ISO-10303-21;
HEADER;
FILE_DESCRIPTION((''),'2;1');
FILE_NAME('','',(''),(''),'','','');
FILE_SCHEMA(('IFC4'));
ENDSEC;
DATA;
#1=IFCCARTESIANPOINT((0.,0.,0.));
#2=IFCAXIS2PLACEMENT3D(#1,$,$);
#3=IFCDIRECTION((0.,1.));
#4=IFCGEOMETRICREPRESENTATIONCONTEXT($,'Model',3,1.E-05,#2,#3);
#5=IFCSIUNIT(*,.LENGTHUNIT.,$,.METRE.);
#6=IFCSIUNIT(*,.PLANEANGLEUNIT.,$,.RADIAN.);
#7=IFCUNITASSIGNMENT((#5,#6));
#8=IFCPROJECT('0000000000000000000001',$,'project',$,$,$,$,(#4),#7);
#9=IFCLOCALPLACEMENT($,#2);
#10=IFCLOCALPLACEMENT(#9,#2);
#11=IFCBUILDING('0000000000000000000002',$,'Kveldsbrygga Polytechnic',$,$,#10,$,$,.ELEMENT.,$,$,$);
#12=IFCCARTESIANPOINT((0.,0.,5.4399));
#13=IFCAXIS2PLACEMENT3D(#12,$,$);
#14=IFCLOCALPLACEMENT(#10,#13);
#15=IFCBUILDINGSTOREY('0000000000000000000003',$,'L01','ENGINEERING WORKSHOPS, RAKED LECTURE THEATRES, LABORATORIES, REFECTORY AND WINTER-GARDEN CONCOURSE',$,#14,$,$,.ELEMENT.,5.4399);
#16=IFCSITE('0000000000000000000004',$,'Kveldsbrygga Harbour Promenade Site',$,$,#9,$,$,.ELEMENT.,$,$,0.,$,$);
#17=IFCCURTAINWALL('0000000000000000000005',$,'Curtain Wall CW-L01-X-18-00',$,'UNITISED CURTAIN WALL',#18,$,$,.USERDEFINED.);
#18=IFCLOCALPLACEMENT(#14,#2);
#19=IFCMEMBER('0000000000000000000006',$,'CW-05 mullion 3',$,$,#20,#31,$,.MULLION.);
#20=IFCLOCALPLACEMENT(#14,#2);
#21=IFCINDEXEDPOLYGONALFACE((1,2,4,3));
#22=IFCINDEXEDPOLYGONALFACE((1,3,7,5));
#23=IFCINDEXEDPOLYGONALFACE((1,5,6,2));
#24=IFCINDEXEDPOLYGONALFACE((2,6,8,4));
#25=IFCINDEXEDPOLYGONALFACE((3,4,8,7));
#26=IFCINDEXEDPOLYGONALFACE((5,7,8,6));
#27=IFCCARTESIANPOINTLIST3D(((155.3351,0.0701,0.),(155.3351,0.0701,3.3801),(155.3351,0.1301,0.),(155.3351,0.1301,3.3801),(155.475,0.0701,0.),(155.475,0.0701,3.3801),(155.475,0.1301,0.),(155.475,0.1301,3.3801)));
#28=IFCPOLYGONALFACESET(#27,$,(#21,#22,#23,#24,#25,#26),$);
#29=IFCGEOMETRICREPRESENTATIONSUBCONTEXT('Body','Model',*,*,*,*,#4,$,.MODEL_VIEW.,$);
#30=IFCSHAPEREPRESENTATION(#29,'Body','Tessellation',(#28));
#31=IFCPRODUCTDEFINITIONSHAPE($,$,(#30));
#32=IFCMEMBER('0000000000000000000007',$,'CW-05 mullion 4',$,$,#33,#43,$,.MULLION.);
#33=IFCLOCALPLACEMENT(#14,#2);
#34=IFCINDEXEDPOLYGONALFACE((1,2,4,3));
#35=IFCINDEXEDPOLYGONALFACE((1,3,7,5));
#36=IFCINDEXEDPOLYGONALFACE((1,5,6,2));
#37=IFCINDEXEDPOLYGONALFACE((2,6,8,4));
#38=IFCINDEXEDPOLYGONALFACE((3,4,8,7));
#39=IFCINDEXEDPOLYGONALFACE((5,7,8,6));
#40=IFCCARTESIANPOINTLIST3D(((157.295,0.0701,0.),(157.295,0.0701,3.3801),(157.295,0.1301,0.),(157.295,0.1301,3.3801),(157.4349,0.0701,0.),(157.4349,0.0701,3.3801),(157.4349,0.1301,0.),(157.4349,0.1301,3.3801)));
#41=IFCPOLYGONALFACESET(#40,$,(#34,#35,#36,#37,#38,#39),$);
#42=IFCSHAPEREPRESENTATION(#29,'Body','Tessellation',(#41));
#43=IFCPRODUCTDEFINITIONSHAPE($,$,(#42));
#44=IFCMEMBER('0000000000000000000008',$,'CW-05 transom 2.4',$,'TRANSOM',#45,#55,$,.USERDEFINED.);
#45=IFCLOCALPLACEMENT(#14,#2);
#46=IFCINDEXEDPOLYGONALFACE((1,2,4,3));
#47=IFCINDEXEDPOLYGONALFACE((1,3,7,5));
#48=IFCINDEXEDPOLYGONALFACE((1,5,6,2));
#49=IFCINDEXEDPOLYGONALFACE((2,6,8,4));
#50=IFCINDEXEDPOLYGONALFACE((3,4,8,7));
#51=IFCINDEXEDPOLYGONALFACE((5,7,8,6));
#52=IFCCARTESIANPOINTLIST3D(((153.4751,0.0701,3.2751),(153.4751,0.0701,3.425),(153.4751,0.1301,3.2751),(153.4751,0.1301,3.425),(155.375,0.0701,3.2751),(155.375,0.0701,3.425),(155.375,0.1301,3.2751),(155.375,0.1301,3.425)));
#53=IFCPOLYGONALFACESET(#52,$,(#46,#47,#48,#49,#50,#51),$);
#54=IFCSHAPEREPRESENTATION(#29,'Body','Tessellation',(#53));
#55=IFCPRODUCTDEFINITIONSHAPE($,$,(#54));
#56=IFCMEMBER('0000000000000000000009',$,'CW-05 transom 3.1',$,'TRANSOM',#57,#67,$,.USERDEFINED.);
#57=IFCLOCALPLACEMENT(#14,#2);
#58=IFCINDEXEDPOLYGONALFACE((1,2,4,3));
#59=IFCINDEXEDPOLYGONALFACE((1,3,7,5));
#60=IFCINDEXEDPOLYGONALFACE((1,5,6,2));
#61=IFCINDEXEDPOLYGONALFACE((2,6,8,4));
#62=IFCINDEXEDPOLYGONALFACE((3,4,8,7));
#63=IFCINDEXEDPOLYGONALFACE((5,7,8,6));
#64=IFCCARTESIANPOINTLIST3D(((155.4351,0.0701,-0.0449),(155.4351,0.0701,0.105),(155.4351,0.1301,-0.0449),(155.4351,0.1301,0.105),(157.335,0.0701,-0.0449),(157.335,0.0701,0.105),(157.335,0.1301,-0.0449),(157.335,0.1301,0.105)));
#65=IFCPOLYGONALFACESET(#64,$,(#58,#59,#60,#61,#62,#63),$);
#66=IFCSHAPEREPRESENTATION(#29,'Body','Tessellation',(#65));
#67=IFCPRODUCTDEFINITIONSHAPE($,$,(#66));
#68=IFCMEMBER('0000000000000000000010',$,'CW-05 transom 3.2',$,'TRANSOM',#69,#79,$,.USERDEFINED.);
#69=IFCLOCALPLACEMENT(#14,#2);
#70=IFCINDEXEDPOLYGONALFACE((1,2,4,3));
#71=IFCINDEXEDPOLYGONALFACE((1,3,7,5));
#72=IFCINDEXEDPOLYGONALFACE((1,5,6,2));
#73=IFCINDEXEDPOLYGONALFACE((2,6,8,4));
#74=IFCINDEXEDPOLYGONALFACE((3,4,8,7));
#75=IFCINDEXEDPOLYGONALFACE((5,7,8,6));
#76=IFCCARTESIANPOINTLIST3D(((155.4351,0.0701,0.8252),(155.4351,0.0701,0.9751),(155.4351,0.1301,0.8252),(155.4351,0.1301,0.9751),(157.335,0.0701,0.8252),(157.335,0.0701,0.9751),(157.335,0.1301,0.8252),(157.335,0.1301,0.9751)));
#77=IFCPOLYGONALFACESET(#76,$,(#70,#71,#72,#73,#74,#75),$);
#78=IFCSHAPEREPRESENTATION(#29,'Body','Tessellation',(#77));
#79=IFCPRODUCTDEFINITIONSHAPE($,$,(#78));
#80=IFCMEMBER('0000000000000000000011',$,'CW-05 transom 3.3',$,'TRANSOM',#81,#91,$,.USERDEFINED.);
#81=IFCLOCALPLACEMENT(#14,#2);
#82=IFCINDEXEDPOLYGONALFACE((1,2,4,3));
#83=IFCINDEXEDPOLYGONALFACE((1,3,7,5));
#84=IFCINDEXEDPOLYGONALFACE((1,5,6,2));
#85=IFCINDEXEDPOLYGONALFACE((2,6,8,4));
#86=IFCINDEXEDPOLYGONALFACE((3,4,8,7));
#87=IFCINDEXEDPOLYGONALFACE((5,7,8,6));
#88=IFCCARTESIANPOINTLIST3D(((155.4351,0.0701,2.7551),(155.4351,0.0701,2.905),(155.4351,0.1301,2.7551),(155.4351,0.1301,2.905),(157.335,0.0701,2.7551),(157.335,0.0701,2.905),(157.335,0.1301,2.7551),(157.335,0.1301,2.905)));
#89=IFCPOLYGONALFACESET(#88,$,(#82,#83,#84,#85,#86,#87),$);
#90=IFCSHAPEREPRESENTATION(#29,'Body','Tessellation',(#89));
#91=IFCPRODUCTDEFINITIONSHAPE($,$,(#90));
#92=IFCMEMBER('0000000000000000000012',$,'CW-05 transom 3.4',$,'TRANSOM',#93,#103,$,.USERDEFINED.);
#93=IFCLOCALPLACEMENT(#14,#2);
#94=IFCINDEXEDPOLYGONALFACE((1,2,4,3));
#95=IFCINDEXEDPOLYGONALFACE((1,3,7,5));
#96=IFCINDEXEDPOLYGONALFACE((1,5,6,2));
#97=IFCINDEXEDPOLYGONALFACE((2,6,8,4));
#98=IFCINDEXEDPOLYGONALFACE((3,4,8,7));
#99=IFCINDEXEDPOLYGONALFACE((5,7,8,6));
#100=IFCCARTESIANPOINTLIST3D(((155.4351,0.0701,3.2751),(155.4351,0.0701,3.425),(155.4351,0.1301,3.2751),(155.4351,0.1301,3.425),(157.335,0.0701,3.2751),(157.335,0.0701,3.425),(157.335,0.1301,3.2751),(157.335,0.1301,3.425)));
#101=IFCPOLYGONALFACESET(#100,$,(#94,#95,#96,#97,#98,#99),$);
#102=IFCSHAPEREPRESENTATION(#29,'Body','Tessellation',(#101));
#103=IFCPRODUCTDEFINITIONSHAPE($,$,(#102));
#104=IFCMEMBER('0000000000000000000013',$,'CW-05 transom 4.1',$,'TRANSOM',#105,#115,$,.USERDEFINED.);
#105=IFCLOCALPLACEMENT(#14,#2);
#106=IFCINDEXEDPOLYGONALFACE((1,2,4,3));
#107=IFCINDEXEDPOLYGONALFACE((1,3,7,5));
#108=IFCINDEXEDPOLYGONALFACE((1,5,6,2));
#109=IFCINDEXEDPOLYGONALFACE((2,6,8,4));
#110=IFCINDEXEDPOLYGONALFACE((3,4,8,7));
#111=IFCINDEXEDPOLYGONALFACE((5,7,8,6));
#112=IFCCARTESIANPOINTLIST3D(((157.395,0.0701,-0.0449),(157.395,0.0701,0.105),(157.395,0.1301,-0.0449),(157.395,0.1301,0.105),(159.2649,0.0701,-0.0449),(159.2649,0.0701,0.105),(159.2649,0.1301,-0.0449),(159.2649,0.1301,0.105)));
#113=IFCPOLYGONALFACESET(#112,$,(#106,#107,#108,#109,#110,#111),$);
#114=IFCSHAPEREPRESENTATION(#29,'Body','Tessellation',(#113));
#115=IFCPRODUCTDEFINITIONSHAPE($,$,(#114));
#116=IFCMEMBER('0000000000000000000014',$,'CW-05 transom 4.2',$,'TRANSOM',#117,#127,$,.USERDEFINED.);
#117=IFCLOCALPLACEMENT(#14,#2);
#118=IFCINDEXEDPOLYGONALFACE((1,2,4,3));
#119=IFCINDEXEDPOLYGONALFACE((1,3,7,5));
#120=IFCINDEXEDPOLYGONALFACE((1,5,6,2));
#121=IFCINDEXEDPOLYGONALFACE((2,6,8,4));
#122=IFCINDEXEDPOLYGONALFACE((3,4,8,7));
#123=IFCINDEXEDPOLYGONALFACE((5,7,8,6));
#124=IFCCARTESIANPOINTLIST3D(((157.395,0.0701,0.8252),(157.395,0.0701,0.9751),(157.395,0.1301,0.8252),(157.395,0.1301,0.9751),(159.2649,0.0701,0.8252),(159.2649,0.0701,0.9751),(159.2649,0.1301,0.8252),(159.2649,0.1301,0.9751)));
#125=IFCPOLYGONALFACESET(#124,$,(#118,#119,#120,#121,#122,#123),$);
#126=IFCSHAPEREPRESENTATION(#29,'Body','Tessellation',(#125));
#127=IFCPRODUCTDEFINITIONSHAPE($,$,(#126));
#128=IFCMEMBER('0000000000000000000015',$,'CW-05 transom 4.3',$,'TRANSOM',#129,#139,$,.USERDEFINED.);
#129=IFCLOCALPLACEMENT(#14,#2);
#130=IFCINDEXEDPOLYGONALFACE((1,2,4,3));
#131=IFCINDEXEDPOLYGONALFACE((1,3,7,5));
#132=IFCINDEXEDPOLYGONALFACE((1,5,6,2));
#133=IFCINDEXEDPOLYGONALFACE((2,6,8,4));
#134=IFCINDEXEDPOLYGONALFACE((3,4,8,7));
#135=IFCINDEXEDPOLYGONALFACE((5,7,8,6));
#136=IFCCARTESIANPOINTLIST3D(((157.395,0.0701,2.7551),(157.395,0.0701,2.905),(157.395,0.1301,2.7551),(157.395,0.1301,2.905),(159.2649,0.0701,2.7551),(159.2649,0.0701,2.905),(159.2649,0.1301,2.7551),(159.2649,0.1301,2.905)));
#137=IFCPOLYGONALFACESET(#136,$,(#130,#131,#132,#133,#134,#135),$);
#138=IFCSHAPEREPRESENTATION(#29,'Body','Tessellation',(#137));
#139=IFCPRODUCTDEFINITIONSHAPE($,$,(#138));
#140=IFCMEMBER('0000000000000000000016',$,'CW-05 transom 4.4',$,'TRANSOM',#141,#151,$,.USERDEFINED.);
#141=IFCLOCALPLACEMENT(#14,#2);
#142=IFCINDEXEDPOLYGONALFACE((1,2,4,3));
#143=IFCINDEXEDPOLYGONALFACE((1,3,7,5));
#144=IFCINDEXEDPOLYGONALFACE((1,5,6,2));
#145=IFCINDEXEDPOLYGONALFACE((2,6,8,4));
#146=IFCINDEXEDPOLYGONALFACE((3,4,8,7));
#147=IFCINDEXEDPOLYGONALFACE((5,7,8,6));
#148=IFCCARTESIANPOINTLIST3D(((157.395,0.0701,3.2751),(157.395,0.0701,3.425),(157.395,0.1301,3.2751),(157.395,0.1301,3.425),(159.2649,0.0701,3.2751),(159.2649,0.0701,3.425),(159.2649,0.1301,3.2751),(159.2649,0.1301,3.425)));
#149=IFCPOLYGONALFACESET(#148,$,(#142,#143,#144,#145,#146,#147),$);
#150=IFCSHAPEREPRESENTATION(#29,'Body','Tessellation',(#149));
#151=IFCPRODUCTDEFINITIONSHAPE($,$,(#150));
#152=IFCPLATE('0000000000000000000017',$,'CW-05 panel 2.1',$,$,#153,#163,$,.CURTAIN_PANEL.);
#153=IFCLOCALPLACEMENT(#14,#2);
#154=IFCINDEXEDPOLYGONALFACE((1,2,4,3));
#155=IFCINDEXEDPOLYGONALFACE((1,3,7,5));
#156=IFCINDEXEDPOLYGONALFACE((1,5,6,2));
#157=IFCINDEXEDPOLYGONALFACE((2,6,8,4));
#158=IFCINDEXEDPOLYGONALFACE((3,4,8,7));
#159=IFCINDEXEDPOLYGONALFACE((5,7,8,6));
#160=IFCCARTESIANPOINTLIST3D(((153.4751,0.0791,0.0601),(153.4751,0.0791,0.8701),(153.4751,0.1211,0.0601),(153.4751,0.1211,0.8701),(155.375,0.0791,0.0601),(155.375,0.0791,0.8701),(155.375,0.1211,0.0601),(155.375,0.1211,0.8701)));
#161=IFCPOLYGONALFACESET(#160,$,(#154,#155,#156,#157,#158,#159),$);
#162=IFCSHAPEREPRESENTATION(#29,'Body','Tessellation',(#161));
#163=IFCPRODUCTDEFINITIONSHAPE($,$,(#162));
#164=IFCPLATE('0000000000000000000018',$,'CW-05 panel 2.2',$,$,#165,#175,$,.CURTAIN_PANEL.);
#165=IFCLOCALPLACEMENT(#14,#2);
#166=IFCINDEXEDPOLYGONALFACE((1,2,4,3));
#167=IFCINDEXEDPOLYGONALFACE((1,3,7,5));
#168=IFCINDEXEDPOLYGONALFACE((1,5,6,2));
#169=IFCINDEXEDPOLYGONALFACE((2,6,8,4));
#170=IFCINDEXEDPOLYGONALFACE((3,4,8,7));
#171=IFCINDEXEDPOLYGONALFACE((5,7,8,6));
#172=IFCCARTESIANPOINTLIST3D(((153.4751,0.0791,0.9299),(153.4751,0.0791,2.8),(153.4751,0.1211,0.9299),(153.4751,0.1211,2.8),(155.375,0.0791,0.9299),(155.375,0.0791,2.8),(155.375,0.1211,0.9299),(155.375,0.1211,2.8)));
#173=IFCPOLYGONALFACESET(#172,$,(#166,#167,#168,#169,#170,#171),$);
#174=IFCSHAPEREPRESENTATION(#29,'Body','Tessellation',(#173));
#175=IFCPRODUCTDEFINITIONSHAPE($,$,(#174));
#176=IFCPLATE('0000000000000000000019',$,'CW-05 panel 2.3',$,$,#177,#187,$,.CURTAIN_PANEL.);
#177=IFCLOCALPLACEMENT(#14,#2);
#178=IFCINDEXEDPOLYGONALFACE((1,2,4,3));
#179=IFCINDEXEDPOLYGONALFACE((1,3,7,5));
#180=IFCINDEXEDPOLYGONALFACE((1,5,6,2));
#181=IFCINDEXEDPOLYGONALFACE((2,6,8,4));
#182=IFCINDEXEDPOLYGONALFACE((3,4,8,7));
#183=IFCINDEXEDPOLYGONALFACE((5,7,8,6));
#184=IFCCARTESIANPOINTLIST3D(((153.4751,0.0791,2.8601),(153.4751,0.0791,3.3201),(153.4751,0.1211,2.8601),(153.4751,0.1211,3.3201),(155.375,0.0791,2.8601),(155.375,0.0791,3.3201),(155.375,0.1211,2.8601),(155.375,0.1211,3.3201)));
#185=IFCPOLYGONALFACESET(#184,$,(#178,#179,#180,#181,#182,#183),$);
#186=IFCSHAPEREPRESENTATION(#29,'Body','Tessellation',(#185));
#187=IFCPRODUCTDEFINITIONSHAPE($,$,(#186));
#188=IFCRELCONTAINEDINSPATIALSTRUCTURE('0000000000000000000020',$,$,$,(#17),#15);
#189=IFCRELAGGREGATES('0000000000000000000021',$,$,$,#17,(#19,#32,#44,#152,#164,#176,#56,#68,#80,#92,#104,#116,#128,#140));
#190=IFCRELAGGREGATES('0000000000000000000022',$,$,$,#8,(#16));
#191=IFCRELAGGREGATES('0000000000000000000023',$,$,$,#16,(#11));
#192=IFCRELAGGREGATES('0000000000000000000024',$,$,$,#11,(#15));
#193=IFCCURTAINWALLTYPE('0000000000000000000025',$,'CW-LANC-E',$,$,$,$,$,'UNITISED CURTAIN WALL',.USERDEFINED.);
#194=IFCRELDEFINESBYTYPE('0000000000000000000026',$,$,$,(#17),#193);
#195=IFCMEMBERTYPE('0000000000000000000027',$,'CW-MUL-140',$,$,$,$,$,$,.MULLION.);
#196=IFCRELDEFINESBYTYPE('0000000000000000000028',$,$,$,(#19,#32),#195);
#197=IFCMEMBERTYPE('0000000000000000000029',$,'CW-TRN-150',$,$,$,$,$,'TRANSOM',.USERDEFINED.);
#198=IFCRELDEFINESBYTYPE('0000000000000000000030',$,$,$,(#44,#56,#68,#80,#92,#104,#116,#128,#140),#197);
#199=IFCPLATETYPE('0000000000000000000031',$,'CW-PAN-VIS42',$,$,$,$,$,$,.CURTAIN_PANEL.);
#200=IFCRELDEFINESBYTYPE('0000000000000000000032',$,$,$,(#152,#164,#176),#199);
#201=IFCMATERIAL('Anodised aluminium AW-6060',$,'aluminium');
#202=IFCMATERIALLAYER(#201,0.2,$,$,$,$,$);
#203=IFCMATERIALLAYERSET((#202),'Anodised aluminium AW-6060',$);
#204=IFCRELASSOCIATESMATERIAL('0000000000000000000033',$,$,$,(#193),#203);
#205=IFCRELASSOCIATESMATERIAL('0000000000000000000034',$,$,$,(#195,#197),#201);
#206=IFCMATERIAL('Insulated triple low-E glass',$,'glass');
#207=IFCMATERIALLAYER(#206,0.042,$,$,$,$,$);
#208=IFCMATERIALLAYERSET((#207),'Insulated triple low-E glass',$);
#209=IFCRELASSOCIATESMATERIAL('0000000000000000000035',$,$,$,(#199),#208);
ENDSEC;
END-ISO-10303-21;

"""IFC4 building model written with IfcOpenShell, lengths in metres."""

from ifc_helpers import new_model, si_unit, direction, frame, origin, origin_2d, place, context, subcontext, project, spatial, rectangle, extrude, material, layer, layer_set, material_profile, profile_set, type_object, element, aggregate, save


model = new_model("IFC4")

# Units and contexts
model_context = context("Model", 3, precision=1e-05, world=origin(), true_north=direction((0.0, 1.0)))
body_context = subcontext(model_context, "Body", "Model", "MODEL_VIEW")
ifc_project = project(units=[si_unit("LENGTHUNIT", "METRE"), si_unit("PLANEANGLEUNIT", "RADIAN")], contexts=[model_context])

# Site, building, storey
site_placement = place(None, origin())
site = spatial("IfcSite", under=ifc_project, at=site_placement, Name="Kveldsbrygga Harbour Promenade Site", CompositionType="ELEMENT", RefElevation=0.0)
building_placement = place(site_placement, origin())
building = spatial("IfcBuilding", under=site, at=building_placement, Name="Kveldsbrygga Polytechnic", CompositionType="ELEMENT")
storey_placement = place(building_placement, frame((0.0, 0.0, 5.4399)))
storey = spatial("IfcBuildingStorey", under=building, at=storey_placement, Name="L01", Description="ENGINEERING WORKSHOPS, RAKED LECTURE THEATRES, LABORATORIES, REFECTORY AND WINTER-GARDEN CONCOURSE", CompositionType="ELEMENT", Elevation=5.4399)

# Curtain wall, members, plates
ifc_material_1 = material(Name="Anodised aluminium AW-6060", Category="aluminium")
ifc_layer_1 = layer(ifc_material_1, 0.2)
ifc_layer_set_1 = layer_set([ifc_layer_1], Name="Anodised aluminium AW-6060")
curtain_wall_type = type_object("IfcCurtainWallType", Name="CW-LANC-E", ElementType="UNITISED CURTAIN WALL", PredefinedType="USERDEFINED", material=ifc_layer_set_1)
curtain_wall_placement = place(storey_placement, origin())
curtain_wall = element("IfcCurtainWall", 1, at=curtain_wall_placement, inside=storey, type_object=curtain_wall_type, Name="Curtain Wall CW-L01-X-18-00", ObjectType="UNITISED CURTAIN WALL", PredefinedType="USERDEFINED")
ifc_material_profile_1 = material_profile(ifc_material_1, rectangle(XDim=0.0601, YDim=0.1399, at=origin_2d()), Name="ALU 60x140")
ifc_profile_set_1 = profile_set([ifc_material_profile_1], Name="Anodised aluminium AW-6060")
member_type_1 = type_object("IfcMemberType", Name="CW-MUL-140", PredefinedType="MULLION", material=ifc_profile_set_1)
member_1_placement = place(storey_placement, frame((155.405, 0.1001, 0.0), z_axis=(0.0, 0.0, 1.0), x_axis=(0.0, 1.0, 0.0)))
member_1 = element("IfcMember", 2, at=member_1_placement, type_object=member_type_1, Name="CW-05 mullion 3", PredefinedType="MULLION", context=body_context, shape_type="SweptSolid", body=[
    extrude(rectangle(XDim=0.0601, YDim=0.1399, at=origin_2d()), origin(), (0.0, 0.0, 1.0), 3.3801),
])
member_2_placement = place(storey_placement, frame((157.365, 0.1001, 0.0), z_axis=(0.0, 0.0, 1.0), x_axis=(0.0, 1.0, 0.0)))
member_2 = element("IfcMember", 3, at=member_2_placement, type_object=member_type_1, Name="CW-05 mullion 4", PredefinedType="MULLION", context=body_context, shape_type="SweptSolid", body=[
    extrude(rectangle(XDim=0.0601, YDim=0.1399, at=origin_2d()), origin(), (0.0, 0.0, 1.0), 3.3801),
])
ifc_material_profile_2 = material_profile(ifc_material_1, rectangle(XDim=0.0601, YDim=0.1499, at=origin_2d()), Name="ALU 60x150")
ifc_profile_set_2 = profile_set([ifc_material_profile_2], Name="Anodised aluminium AW-6060")
member_type_2 = type_object("IfcMemberType", Name="CW-TRN-150", ElementType="TRANSOM", PredefinedType="USERDEFINED", material=ifc_profile_set_2)
member_3_placement = place(storey_placement, frame((153.4751, 0.1001, 3.3501), z_axis=(1.0, 0.0, 0.0), x_axis=(0.0, 1.0, 0.0)))
member_3 = element("IfcMember", 4, at=member_3_placement, type_object=member_type_2, Name="CW-05 transom 2.4", ObjectType="TRANSOM", PredefinedType="USERDEFINED", context=body_context, shape_type="SweptSolid", body=[
    extrude(rectangle(XDim=0.0601, YDim=0.1499, at=origin_2d()), origin(), (0.0, 0.0, 1.0), 1.8999),
])
member_4_placement = place(storey_placement, frame((155.4351, 0.1001, 0.03), z_axis=(1.0, 0.0, 0.0), x_axis=(0.0, 1.0, 0.0)))
member_4 = element("IfcMember", 5, at=member_4_placement, type_object=member_type_2, Name="CW-05 transom 3.1", ObjectType="TRANSOM", PredefinedType="USERDEFINED", context=body_context, shape_type="SweptSolid", body=[
    extrude(rectangle(XDim=0.0601, YDim=0.1499, at=origin_2d()), origin(), (0.0, 0.0, 1.0), 1.8999),
])
member_5_placement = place(storey_placement, frame((155.4351, 0.1001, 0.9001), z_axis=(1.0, 0.0, 0.0), x_axis=(0.0, 1.0, 0.0)))
member_5 = element("IfcMember", 6, at=member_5_placement, type_object=member_type_2, Name="CW-05 transom 3.2", ObjectType="TRANSOM", PredefinedType="USERDEFINED", context=body_context, shape_type="SweptSolid", body=[
    extrude(rectangle(XDim=0.0601, YDim=0.1499, at=origin_2d()), origin(), (0.0, 0.0, 1.0), 1.8999),
])
member_6_placement = place(storey_placement, frame((155.4351, 0.1001, 2.8301), z_axis=(1.0, 0.0, 0.0), x_axis=(0.0, 1.0, 0.0)))
member_6 = element("IfcMember", 7, at=member_6_placement, type_object=member_type_2, Name="CW-05 transom 3.3", ObjectType="TRANSOM", PredefinedType="USERDEFINED", context=body_context, shape_type="SweptSolid", body=[
    extrude(rectangle(XDim=0.0601, YDim=0.1499, at=origin_2d()), origin(), (0.0, 0.0, 1.0), 1.8999),
])
member_7_placement = place(storey_placement, frame((155.4351, 0.1001, 3.3501), z_axis=(1.0, 0.0, 0.0), x_axis=(0.0, 1.0, 0.0)))
member_7 = element("IfcMember", 8, at=member_7_placement, type_object=member_type_2, Name="CW-05 transom 3.4", ObjectType="TRANSOM", PredefinedType="USERDEFINED", context=body_context, shape_type="SweptSolid", body=[
    extrude(rectangle(XDim=0.0601, YDim=0.1499, at=origin_2d()), origin(), (0.0, 0.0, 1.0), 1.8999),
])
member_8_placement = place(storey_placement, frame((157.395, 0.1001, 0.03), z_axis=(1.0, 0.0, 0.0), x_axis=(0.0, 1.0, 0.0)))
member_8 = element("IfcMember", 9, at=member_8_placement, type_object=member_type_2, Name="CW-05 transom 4.1", ObjectType="TRANSOM", PredefinedType="USERDEFINED", context=body_context, shape_type="SweptSolid", body=[
    extrude(rectangle(XDim=0.0601, YDim=0.1499, at=origin_2d()), origin(), (0.0, 0.0, 1.0), 1.8699),
])
member_9_placement = place(storey_placement, frame((157.395, 0.1001, 0.9001), z_axis=(1.0, 0.0, 0.0), x_axis=(0.0, 1.0, 0.0)))
member_9 = element("IfcMember", 10, at=member_9_placement, type_object=member_type_2, Name="CW-05 transom 4.2", ObjectType="TRANSOM", PredefinedType="USERDEFINED", context=body_context, shape_type="SweptSolid", body=[
    extrude(rectangle(XDim=0.0601, YDim=0.1499, at=origin_2d()), origin(), (0.0, 0.0, 1.0), 1.8699),
])
member_10_placement = place(storey_placement, frame((157.395, 0.1001, 2.8301), z_axis=(1.0, 0.0, 0.0), x_axis=(0.0, 1.0, 0.0)))
member_10 = element("IfcMember", 11, at=member_10_placement, type_object=member_type_2, Name="CW-05 transom 4.3", ObjectType="TRANSOM", PredefinedType="USERDEFINED", context=body_context, shape_type="SweptSolid", body=[
    extrude(rectangle(XDim=0.0601, YDim=0.1499, at=origin_2d()), origin(), (0.0, 0.0, 1.0), 1.8699),
])
member_11_placement = place(storey_placement, frame((157.395, 0.1001, 3.3501), z_axis=(1.0, 0.0, 0.0), x_axis=(0.0, 1.0, 0.0)))
member_11 = element("IfcMember", 12, at=member_11_placement, type_object=member_type_2, Name="CW-05 transom 4.4", ObjectType="TRANSOM", PredefinedType="USERDEFINED", context=body_context, shape_type="SweptSolid", body=[
    extrude(rectangle(XDim=0.0601, YDim=0.1499, at=origin_2d()), origin(), (0.0, 0.0, 1.0), 1.8699),
])
ifc_material_2 = material(Name="Insulated triple low-E glass", Category="glass")
ifc_layer_2 = layer(ifc_material_2, 0.042)
ifc_layer_set_2 = layer_set([ifc_layer_2], Name="Insulated triple low-E glass")
plate_type = type_object("IfcPlateType", Name="CW-PAN-VIS42", PredefinedType="CURTAIN_PANEL", material=ifc_layer_set_2)
plate_1_placement = place(storey_placement, frame((154.425, 0.1001, 0.0601), z_axis=(0.0, 0.0, 1.0), x_axis=(1.0, 0.0, 0.0)))
plate_1 = element("IfcPlate", 13, at=plate_1_placement, type_object=plate_type, Name="CW-05 panel 2.1", PredefinedType="CURTAIN_PANEL", context=body_context, shape_type="SweptSolid", body=[
    extrude(rectangle(XDim=1.8999, YDim=0.042, at=origin_2d()), origin(), (0.0, 0.0, 1.0), 0.8101),
])
plate_2_placement = place(storey_placement, frame((154.425, 0.1001, 0.9299), z_axis=(0.0, 0.0, 1.0), x_axis=(1.0, 0.0, 0.0)))
plate_2 = element("IfcPlate", 14, at=plate_2_placement, type_object=plate_type, Name="CW-05 panel 2.2", PredefinedType="CURTAIN_PANEL", context=body_context, shape_type="SweptSolid", body=[
    extrude(rectangle(XDim=1.8999, YDim=0.042, at=origin_2d()), origin(), (0.0, 0.0, 1.0), 1.8701),
])
plate_3_placement = place(storey_placement, frame((154.425, 0.1001, 2.8601), z_axis=(0.0, 0.0, 1.0), x_axis=(1.0, 0.0, 0.0)))
plate_3 = element("IfcPlate", 15, at=plate_3_placement, type_object=plate_type, Name="CW-05 panel 2.3", PredefinedType="CURTAIN_PANEL", context=body_context, shape_type="SweptSolid", body=[
    extrude(rectangle(XDim=1.8999, YDim=0.042, at=origin_2d()), origin(), (0.0, 0.0, 1.0), 0.46),
])
aggregate(curtain_wall, [member_1, member_2, member_3, plate_1, plate_2, plate_3, member_4, member_5, member_6, member_7, member_8, member_9, member_10, member_11])

save(model, "model.ifc")
